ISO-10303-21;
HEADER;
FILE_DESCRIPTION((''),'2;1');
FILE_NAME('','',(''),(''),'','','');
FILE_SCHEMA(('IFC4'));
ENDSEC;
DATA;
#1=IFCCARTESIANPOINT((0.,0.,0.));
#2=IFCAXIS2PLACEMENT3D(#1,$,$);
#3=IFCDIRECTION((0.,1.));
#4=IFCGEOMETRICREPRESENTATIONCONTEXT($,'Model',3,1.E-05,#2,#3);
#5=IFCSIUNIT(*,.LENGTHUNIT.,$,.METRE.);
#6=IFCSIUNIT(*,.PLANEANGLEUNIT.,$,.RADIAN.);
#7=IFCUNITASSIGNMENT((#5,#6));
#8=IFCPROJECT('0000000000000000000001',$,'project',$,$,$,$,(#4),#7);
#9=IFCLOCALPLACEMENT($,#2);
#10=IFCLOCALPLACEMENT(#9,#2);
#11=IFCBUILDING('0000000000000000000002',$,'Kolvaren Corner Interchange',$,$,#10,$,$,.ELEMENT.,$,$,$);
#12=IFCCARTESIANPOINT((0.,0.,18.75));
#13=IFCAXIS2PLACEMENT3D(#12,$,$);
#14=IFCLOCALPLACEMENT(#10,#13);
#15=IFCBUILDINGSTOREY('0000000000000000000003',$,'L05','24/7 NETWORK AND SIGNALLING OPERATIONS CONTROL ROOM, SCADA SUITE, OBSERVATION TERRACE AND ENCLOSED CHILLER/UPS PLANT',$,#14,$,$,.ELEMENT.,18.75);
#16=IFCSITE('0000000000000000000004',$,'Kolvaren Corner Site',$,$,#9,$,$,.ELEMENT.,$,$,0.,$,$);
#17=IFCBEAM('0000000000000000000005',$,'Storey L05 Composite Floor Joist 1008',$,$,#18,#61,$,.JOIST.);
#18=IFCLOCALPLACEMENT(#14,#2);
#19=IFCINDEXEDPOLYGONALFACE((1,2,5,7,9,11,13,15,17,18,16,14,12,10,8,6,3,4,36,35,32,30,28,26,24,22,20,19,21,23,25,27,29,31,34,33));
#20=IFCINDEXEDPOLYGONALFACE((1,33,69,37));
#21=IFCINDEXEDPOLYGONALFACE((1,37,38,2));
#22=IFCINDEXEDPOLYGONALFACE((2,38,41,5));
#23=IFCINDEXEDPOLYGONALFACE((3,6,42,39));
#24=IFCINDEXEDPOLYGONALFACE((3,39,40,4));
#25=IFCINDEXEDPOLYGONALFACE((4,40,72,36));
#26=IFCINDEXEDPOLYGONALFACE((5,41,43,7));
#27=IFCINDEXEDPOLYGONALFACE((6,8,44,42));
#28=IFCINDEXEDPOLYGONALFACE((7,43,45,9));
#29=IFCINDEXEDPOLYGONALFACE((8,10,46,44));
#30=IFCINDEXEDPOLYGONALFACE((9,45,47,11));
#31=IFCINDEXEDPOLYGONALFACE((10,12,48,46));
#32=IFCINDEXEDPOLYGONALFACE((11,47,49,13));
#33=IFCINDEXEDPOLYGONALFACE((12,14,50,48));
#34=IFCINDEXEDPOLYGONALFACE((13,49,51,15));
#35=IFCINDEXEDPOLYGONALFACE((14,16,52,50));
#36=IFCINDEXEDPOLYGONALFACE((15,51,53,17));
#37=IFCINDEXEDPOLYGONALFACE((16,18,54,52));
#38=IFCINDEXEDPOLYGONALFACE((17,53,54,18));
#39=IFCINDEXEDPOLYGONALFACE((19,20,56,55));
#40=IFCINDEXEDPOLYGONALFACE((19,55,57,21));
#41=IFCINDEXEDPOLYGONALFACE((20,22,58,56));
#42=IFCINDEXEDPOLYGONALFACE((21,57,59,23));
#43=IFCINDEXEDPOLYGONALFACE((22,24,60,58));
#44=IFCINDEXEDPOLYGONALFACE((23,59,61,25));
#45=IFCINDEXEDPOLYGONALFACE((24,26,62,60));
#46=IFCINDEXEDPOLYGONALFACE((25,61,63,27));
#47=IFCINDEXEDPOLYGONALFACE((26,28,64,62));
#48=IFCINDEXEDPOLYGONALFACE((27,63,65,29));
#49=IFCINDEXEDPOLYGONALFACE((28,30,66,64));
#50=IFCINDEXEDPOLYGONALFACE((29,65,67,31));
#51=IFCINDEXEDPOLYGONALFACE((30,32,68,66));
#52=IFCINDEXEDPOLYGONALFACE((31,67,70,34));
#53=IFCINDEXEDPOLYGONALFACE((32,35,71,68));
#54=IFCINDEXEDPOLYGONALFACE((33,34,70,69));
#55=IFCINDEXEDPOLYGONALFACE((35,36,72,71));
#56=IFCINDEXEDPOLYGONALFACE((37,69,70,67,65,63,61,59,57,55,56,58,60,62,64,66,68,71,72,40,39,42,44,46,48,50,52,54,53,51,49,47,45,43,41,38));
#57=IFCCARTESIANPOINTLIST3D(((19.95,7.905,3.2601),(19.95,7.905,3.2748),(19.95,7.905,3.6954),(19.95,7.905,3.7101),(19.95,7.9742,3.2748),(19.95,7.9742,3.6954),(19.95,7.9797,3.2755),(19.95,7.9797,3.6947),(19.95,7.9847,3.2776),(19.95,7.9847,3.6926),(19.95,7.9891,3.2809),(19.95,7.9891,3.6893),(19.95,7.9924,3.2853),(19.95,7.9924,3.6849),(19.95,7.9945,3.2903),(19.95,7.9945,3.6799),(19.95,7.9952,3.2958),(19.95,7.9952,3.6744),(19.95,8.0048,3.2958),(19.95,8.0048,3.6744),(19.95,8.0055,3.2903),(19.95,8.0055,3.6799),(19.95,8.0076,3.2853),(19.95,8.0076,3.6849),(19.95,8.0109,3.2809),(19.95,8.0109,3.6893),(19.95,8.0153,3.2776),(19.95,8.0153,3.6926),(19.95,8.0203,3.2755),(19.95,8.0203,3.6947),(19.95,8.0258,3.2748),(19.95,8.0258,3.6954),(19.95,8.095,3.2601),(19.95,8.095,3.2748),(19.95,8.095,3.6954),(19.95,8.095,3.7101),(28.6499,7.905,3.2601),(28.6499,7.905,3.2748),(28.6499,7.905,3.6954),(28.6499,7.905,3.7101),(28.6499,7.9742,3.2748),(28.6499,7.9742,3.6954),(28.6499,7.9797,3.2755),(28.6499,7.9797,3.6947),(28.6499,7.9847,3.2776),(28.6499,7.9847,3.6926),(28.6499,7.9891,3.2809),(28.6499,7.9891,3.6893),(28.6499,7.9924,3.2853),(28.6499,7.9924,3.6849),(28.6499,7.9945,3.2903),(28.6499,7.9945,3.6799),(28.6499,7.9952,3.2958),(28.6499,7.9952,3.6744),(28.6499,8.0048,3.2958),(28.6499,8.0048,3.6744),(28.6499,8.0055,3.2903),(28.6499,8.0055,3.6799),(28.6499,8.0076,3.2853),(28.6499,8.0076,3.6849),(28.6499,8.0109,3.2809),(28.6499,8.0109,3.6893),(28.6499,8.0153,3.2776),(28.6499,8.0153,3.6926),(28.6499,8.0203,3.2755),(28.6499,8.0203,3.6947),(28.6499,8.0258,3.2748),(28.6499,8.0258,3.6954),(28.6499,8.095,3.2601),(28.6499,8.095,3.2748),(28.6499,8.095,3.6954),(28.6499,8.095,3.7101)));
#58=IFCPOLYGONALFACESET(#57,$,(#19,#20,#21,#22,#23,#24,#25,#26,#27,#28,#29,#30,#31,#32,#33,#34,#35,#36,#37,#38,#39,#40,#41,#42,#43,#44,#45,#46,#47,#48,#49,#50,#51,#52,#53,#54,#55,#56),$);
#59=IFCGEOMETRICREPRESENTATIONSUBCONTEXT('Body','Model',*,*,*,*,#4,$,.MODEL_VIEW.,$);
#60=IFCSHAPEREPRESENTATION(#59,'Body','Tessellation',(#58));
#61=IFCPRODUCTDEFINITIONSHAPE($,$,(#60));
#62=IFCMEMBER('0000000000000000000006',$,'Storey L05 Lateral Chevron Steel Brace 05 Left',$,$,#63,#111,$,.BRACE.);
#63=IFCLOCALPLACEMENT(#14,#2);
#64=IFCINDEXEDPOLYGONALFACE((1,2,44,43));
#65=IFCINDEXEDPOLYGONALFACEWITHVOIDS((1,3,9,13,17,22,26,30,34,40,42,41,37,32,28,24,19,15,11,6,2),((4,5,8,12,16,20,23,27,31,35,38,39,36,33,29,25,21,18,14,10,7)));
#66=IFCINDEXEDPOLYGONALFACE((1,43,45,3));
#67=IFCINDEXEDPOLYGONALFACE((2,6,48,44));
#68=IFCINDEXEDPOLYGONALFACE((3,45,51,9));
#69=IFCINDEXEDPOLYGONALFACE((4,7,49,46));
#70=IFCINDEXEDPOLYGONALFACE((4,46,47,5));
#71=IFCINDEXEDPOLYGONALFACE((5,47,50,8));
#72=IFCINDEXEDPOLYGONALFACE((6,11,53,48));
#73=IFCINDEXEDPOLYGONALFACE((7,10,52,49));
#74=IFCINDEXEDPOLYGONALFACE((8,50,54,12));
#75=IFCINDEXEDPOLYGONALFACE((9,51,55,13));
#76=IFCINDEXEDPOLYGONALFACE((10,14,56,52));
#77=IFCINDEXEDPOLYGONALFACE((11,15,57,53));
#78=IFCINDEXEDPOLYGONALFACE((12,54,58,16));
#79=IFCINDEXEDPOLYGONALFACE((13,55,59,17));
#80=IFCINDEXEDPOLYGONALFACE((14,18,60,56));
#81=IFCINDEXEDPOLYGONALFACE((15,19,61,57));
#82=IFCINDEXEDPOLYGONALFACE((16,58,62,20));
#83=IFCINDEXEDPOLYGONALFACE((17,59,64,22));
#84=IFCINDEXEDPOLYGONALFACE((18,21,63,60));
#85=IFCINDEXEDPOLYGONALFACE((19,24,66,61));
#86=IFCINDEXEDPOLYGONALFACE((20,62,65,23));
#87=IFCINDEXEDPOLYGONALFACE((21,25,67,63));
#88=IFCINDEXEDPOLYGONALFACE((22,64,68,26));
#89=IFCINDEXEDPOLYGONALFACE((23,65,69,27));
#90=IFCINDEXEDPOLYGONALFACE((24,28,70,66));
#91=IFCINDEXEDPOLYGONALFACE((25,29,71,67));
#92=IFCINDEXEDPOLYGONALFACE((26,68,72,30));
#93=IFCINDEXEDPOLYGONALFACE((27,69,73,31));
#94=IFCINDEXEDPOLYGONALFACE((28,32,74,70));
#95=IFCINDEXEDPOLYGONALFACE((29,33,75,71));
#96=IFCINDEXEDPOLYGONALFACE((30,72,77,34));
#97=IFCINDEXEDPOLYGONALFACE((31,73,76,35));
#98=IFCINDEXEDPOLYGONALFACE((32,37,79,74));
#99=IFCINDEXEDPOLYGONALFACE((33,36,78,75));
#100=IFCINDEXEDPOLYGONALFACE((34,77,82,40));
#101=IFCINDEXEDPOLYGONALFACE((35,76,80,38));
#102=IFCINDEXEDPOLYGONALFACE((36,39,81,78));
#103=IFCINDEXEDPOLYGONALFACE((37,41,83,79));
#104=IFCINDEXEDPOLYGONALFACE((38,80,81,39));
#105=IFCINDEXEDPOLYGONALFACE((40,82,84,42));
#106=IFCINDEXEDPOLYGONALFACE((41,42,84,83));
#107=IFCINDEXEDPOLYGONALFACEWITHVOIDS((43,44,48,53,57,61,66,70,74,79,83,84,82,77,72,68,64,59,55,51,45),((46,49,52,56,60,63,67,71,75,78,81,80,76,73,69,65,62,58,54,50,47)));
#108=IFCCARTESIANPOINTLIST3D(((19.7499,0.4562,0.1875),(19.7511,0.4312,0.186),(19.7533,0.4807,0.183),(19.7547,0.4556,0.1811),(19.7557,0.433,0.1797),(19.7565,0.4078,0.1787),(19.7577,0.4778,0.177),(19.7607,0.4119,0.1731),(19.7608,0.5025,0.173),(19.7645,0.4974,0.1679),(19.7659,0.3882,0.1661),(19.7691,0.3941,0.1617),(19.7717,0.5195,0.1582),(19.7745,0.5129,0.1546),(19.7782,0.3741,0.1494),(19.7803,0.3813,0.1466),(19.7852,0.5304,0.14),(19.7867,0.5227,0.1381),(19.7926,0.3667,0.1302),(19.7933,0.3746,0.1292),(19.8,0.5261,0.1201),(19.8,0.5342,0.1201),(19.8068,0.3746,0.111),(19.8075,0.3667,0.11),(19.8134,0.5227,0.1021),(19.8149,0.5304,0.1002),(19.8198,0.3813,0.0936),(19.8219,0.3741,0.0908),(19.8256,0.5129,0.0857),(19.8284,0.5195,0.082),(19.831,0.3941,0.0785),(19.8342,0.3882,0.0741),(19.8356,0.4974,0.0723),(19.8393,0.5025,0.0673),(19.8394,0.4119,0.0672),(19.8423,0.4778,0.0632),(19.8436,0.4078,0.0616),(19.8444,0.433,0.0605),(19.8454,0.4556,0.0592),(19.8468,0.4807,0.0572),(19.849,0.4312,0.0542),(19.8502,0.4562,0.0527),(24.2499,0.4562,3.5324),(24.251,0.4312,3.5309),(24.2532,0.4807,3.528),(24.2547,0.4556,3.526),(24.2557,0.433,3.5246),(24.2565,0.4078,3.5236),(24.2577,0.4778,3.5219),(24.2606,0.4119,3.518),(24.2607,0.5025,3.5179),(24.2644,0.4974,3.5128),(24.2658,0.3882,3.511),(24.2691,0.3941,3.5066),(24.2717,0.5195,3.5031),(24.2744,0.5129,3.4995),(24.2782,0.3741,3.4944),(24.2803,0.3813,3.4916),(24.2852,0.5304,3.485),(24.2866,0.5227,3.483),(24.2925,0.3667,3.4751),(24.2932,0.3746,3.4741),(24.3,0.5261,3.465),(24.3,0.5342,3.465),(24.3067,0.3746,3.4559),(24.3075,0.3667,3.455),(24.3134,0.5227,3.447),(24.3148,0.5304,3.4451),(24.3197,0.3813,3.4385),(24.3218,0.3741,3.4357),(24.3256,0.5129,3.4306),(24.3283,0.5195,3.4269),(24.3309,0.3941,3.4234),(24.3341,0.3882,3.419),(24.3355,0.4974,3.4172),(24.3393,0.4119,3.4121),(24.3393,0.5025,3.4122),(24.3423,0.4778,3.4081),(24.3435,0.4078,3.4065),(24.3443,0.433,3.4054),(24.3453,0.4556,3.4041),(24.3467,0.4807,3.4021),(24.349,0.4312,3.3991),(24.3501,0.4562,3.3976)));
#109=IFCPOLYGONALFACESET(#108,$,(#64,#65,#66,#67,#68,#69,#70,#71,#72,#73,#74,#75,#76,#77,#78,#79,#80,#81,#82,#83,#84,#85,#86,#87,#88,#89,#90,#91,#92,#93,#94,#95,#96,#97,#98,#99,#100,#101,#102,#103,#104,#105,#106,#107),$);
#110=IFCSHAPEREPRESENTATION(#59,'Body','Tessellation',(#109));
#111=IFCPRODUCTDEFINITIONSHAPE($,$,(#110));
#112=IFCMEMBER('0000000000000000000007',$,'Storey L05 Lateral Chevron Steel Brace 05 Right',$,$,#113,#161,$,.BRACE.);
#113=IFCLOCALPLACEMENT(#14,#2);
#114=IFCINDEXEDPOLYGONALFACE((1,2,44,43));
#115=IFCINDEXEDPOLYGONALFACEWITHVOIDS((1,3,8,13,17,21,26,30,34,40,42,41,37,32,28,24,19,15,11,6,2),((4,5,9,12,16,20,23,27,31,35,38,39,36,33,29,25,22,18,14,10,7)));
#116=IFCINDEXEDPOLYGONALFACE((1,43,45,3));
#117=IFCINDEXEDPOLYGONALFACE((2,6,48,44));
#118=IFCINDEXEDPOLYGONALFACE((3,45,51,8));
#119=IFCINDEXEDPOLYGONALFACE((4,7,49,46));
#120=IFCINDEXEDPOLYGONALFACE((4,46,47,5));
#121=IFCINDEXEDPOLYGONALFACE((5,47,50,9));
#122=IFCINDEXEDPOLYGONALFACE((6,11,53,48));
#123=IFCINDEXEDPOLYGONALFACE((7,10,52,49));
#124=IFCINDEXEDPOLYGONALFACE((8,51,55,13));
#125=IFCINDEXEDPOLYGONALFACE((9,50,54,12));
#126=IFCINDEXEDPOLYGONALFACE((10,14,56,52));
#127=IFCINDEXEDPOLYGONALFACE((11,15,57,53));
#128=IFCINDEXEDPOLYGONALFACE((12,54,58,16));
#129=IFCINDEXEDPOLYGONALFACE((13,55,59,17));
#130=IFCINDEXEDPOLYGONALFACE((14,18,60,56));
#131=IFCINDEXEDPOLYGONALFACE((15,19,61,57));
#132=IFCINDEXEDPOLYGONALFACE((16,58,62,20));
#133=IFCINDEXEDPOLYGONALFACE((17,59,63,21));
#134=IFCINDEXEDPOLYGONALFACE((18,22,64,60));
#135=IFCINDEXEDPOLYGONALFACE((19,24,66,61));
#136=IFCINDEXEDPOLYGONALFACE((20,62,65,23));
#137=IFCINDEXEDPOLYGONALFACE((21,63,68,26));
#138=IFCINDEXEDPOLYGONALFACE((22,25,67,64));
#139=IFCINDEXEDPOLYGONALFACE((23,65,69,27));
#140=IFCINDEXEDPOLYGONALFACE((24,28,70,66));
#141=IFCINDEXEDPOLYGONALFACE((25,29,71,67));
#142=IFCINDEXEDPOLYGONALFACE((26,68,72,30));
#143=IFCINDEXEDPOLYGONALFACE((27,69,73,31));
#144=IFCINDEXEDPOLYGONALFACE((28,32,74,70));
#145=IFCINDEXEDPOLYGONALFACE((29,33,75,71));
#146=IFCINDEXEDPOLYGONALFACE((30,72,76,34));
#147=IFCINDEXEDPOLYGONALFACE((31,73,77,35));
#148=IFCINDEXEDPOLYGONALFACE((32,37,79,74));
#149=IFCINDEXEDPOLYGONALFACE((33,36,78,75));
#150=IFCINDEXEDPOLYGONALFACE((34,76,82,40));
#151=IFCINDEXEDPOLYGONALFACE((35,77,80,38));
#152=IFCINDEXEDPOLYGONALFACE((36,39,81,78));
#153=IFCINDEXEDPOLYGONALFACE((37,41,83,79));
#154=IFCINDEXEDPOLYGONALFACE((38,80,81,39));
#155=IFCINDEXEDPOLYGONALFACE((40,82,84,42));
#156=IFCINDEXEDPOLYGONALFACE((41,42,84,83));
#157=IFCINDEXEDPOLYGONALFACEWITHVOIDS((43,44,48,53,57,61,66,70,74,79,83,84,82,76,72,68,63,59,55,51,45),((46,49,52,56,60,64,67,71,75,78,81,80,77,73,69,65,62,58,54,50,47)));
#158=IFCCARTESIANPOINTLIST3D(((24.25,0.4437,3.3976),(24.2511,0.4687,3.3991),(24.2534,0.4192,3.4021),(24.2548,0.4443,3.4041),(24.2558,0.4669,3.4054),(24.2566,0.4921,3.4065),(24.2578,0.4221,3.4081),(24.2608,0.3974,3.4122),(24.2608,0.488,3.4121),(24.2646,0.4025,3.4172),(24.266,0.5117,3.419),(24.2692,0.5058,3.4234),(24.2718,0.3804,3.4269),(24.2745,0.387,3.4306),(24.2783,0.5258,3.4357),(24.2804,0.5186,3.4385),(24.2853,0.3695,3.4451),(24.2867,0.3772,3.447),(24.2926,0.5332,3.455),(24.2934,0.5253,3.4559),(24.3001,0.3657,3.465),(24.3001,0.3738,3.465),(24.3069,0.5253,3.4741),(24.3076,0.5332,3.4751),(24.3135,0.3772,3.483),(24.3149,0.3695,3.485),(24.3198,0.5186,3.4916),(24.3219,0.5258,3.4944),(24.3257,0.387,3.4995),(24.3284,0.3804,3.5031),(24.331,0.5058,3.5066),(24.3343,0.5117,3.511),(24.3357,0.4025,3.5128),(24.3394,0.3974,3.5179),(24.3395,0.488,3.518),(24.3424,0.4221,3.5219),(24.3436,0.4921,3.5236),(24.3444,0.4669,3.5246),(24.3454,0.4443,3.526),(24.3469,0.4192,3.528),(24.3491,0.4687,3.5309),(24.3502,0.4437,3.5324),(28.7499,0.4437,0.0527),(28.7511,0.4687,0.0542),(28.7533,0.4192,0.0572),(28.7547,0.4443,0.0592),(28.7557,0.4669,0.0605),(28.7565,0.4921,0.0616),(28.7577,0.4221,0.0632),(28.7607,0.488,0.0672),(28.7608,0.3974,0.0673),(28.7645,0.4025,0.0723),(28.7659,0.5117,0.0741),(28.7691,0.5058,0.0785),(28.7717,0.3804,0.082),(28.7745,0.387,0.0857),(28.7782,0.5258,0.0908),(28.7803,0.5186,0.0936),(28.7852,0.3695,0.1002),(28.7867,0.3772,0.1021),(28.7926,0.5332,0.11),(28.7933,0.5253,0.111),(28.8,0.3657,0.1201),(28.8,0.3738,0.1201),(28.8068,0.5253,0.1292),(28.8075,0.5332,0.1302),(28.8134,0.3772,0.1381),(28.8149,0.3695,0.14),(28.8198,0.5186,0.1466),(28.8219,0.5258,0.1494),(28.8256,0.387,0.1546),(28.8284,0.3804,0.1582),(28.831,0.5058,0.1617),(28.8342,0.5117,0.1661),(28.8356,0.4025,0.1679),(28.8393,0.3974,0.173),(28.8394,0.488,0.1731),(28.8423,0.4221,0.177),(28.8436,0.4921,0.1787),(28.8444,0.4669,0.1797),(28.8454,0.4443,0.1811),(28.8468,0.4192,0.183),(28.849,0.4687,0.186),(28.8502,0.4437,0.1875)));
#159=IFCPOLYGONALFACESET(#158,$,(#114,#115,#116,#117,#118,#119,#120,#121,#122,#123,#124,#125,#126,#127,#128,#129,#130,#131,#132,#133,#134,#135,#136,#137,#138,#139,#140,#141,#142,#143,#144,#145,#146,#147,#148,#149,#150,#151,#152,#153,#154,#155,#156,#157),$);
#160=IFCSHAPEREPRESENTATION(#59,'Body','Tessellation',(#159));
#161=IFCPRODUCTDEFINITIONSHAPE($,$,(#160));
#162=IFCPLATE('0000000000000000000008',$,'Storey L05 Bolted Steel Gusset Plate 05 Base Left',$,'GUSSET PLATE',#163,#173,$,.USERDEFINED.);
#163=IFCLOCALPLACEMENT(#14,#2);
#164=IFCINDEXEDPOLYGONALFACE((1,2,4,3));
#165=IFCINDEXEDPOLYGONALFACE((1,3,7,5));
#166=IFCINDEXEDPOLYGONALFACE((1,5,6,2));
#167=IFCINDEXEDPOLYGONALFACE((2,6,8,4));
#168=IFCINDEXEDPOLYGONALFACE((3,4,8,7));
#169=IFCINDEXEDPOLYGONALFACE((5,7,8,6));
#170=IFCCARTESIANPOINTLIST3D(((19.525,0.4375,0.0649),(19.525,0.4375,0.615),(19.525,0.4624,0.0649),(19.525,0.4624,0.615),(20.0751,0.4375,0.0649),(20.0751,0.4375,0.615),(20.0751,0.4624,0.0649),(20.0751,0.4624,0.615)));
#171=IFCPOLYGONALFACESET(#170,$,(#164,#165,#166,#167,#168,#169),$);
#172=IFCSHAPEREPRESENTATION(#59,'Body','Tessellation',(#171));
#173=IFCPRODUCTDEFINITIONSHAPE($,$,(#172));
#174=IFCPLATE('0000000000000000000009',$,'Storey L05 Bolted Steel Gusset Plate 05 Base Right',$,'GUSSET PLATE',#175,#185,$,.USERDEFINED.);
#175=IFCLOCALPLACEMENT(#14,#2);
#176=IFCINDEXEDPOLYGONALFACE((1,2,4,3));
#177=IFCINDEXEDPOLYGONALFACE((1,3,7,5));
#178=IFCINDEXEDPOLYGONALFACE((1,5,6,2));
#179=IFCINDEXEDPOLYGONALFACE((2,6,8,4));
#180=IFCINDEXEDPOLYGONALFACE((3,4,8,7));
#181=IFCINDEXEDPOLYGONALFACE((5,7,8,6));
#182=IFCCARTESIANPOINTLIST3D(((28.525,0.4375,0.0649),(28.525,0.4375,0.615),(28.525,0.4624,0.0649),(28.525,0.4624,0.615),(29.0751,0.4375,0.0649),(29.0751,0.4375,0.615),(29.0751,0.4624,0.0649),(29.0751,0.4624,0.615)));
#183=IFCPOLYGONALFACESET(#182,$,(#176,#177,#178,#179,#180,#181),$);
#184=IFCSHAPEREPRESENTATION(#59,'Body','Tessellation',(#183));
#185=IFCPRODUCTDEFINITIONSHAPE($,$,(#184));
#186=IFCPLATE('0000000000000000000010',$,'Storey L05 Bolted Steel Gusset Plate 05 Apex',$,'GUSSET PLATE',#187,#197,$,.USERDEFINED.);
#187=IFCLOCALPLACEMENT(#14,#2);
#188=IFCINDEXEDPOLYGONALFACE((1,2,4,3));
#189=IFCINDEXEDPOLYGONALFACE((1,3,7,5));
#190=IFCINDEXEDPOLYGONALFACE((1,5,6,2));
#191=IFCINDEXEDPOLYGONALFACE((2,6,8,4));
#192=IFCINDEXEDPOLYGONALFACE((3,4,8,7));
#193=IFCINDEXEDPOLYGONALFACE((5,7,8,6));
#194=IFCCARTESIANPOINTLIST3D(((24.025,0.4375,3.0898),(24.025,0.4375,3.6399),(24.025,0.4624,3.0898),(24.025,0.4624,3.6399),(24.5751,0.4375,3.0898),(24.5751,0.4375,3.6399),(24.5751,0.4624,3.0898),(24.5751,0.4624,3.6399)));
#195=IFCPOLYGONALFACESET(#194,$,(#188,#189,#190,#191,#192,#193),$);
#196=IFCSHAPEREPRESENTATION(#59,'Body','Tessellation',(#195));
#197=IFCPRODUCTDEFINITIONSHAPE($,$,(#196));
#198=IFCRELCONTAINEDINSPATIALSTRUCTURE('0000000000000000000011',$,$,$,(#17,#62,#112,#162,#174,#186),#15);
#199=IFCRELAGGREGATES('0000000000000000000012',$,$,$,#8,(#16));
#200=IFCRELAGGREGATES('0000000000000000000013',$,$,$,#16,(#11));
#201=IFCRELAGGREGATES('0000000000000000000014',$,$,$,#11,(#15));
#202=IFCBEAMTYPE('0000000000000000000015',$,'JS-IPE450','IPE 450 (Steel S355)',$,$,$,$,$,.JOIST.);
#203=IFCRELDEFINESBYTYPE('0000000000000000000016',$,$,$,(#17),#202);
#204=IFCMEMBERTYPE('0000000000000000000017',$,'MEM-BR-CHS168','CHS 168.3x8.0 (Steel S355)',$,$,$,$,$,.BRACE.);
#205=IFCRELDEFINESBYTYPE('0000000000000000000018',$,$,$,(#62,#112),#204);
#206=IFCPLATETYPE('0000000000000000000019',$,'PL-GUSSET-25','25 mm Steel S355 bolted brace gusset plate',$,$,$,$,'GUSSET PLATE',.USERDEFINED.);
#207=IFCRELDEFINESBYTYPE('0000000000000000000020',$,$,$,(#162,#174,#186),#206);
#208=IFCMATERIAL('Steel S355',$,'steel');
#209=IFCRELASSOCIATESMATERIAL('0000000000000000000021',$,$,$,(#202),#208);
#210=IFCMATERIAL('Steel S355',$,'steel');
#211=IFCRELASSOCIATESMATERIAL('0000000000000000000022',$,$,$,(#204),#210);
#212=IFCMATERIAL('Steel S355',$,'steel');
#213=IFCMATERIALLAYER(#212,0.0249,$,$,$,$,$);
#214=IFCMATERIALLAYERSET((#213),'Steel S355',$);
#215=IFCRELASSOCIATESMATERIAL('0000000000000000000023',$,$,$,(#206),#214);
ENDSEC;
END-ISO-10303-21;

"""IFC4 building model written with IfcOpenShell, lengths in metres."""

from ifc_helpers import new_model, si_unit, direction, frame, origin, origin_2d, place, context, subcontext, project, spatial, rectangle, hollow_circle, i_section, extrude, material, layer, layer_set, material_profile, profile_set, type_object, element, save


model = new_model("IFC4")

# Units and contexts
model_context = context("Model", 3, precision=1e-05, world=origin(), true_north=direction((0.0, 1.0)))
body_context = subcontext(model_context, "Body", "Model", "MODEL_VIEW")
ifc_project = project(units=[si_unit("LENGTHUNIT", "METRE"), si_unit("PLANEANGLEUNIT", "RADIAN")], contexts=[model_context])

# Site, building, storey
site_placement = place(None, origin())
site = spatial("IfcSite", under=ifc_project, at=site_placement, Name="Kolvaren Corner Site", CompositionType="ELEMENT", RefElevation=0.0)
building_placement = place(site_placement, origin())
building = spatial("IfcBuilding", under=site, at=building_placement, Name="Kolvaren Corner Interchange", CompositionType="ELEMENT")
storey_placement = place(building_placement, frame((0.0, 0.0, 18.75)))
storey = spatial("IfcBuildingStorey", under=building, at=storey_placement, Name="L05", Description="24/7 NETWORK AND SIGNALLING OPERATIONS CONTROL ROOM, SCADA SUITE, OBSERVATION TERRACE AND ENCLOSED CHILLER/UPS PLANT", CompositionType="ELEMENT", Elevation=18.75)

# Beam
ifc_material_1 = material(Name="Steel S355", Category="steel")
ifc_material_profile_1 = material_profile(ifc_material_1, i_section(OverallWidth=0.1899, OverallDepth=0.45, WebThickness=0.0095, FlangeThickness=0.0146, FilletRadius=0.021, at=origin_2d()), Name="IPE 450")
ifc_profile_set_1 = profile_set([ifc_material_profile_1], Name="Steel S355")
beam_type_1 = type_object("IfcBeamType", Name="JS-IPE450", Description="IPE 450 (Steel S355)", PredefinedType="JOIST", material=ifc_profile_set_1)
for number, where, z_axis, x_axis, name in (
    (1, (19.95, 8.0, 3.4851), (1.0, 0.0, 0.0), (0.0, 1.0, 0.0), "Storey L05 Composite Floor Joist 1008"),
):
    element("IfcBeam", number, at=place(storey_placement, frame(where, z_axis=z_axis, x_axis=x_axis)), inside=storey, type_object=beam_type_1, Name=name, PredefinedType="JOIST", context=body_context, shape_type="SweptSolid", body=[
        extrude(i_section(OverallWidth=0.1899, OverallDepth=0.45, WebThickness=0.0095, FlangeThickness=0.0146, FilletRadius=0.021, at=origin_2d()), origin(), (0.0, 0.0, 1.0), 8.7),
    ])

# Members
ifc_material_2 = material(Name="Steel S355", Category="steel")
ifc_material_profile_2 = material_profile(ifc_material_2, hollow_circle(Radius=0.0842, WallThickness=0.0081, at=origin_2d()), Name="CHS 168.3x8.0")
ifc_profile_set_2 = profile_set([ifc_material_profile_2], Name="Steel S355")
member_type = type_object("IfcMemberType", Name="MEM-BR-CHS168", Description="CHS 168.3x8.0 (Steel S355)", PredefinedType="BRACE", material=ifc_profile_set_2)
for number, where, z_axis, x_axis, name in (
    (2, (19.8, 0.45, 0.1201), (0.802563, 0.0, 0.596567), (0.0, 1.0, 0.0), "Storey L05 Lateral Chevron Steel Brace 05 Left"),
    (3, (28.8, 0.45, 0.1201), (-0.802563, 0.0, 0.596567), (0.0, -1.0, 0.0), "Storey L05 Lateral Chevron Steel Brace 05 Right"),
):
    element("IfcMember", number, at=place(storey_placement, frame(where, z_axis=z_axis, x_axis=x_axis)), inside=storey, type_object=member_type, Name=name, PredefinedType="BRACE", context=body_context, shape_type="SweptSolid", body=[
        extrude(hollow_circle(Radius=0.0842, WallThickness=0.0081, at=origin_2d()), origin(), (0.0, 0.0, 1.0), 5.6069),
    ])

# Plates
ifc_material_3 = material(Name="Steel S355", Category="steel")
ifc_layer_1 = layer(ifc_material_3, 0.0249)
ifc_layer_set_1 = layer_set([ifc_layer_1], Name="Steel S355")
plate_type = type_object("IfcPlateType", Name="PL-GUSSET-25", Description="25 mm Steel S355 bolted brace gusset plate", ElementType="GUSSET PLATE", PredefinedType="USERDEFINED", material=ifc_layer_set_1)
for number, where, z_axis, x_axis, name in (
    (4, (19.8, 0.45, 0.0649), (0.0, 0.0, 1.0), (1.0, 0.0, 0.0), "Storey L05 Bolted Steel Gusset Plate 05 Base Left"),
    (5, (28.8, 0.45, 0.0649), (0.0, 0.0, 1.0), (1.0, 0.0, 0.0), "Storey L05 Bolted Steel Gusset Plate 05 Base Right"),
    (6, (24.3, 0.45, 3.0898), (0.0, 0.0, 1.0), (1.0, 0.0, 0.0), "Storey L05 Bolted Steel Gusset Plate 05 Apex"),
):
    element("IfcPlate", number, at=place(storey_placement, frame(where, z_axis=z_axis, x_axis=x_axis)), inside=storey, type_object=plate_type, Name=name, ObjectType="GUSSET PLATE", PredefinedType="USERDEFINED", context=body_context, shape_type="SweptSolid", body=[
        extrude(rectangle(XDim=0.55, YDim=0.0249, at=origin_2d()), origin(), (0.0, 0.0, 1.0), 0.55),
    ])

save(model, "model.ifc")
